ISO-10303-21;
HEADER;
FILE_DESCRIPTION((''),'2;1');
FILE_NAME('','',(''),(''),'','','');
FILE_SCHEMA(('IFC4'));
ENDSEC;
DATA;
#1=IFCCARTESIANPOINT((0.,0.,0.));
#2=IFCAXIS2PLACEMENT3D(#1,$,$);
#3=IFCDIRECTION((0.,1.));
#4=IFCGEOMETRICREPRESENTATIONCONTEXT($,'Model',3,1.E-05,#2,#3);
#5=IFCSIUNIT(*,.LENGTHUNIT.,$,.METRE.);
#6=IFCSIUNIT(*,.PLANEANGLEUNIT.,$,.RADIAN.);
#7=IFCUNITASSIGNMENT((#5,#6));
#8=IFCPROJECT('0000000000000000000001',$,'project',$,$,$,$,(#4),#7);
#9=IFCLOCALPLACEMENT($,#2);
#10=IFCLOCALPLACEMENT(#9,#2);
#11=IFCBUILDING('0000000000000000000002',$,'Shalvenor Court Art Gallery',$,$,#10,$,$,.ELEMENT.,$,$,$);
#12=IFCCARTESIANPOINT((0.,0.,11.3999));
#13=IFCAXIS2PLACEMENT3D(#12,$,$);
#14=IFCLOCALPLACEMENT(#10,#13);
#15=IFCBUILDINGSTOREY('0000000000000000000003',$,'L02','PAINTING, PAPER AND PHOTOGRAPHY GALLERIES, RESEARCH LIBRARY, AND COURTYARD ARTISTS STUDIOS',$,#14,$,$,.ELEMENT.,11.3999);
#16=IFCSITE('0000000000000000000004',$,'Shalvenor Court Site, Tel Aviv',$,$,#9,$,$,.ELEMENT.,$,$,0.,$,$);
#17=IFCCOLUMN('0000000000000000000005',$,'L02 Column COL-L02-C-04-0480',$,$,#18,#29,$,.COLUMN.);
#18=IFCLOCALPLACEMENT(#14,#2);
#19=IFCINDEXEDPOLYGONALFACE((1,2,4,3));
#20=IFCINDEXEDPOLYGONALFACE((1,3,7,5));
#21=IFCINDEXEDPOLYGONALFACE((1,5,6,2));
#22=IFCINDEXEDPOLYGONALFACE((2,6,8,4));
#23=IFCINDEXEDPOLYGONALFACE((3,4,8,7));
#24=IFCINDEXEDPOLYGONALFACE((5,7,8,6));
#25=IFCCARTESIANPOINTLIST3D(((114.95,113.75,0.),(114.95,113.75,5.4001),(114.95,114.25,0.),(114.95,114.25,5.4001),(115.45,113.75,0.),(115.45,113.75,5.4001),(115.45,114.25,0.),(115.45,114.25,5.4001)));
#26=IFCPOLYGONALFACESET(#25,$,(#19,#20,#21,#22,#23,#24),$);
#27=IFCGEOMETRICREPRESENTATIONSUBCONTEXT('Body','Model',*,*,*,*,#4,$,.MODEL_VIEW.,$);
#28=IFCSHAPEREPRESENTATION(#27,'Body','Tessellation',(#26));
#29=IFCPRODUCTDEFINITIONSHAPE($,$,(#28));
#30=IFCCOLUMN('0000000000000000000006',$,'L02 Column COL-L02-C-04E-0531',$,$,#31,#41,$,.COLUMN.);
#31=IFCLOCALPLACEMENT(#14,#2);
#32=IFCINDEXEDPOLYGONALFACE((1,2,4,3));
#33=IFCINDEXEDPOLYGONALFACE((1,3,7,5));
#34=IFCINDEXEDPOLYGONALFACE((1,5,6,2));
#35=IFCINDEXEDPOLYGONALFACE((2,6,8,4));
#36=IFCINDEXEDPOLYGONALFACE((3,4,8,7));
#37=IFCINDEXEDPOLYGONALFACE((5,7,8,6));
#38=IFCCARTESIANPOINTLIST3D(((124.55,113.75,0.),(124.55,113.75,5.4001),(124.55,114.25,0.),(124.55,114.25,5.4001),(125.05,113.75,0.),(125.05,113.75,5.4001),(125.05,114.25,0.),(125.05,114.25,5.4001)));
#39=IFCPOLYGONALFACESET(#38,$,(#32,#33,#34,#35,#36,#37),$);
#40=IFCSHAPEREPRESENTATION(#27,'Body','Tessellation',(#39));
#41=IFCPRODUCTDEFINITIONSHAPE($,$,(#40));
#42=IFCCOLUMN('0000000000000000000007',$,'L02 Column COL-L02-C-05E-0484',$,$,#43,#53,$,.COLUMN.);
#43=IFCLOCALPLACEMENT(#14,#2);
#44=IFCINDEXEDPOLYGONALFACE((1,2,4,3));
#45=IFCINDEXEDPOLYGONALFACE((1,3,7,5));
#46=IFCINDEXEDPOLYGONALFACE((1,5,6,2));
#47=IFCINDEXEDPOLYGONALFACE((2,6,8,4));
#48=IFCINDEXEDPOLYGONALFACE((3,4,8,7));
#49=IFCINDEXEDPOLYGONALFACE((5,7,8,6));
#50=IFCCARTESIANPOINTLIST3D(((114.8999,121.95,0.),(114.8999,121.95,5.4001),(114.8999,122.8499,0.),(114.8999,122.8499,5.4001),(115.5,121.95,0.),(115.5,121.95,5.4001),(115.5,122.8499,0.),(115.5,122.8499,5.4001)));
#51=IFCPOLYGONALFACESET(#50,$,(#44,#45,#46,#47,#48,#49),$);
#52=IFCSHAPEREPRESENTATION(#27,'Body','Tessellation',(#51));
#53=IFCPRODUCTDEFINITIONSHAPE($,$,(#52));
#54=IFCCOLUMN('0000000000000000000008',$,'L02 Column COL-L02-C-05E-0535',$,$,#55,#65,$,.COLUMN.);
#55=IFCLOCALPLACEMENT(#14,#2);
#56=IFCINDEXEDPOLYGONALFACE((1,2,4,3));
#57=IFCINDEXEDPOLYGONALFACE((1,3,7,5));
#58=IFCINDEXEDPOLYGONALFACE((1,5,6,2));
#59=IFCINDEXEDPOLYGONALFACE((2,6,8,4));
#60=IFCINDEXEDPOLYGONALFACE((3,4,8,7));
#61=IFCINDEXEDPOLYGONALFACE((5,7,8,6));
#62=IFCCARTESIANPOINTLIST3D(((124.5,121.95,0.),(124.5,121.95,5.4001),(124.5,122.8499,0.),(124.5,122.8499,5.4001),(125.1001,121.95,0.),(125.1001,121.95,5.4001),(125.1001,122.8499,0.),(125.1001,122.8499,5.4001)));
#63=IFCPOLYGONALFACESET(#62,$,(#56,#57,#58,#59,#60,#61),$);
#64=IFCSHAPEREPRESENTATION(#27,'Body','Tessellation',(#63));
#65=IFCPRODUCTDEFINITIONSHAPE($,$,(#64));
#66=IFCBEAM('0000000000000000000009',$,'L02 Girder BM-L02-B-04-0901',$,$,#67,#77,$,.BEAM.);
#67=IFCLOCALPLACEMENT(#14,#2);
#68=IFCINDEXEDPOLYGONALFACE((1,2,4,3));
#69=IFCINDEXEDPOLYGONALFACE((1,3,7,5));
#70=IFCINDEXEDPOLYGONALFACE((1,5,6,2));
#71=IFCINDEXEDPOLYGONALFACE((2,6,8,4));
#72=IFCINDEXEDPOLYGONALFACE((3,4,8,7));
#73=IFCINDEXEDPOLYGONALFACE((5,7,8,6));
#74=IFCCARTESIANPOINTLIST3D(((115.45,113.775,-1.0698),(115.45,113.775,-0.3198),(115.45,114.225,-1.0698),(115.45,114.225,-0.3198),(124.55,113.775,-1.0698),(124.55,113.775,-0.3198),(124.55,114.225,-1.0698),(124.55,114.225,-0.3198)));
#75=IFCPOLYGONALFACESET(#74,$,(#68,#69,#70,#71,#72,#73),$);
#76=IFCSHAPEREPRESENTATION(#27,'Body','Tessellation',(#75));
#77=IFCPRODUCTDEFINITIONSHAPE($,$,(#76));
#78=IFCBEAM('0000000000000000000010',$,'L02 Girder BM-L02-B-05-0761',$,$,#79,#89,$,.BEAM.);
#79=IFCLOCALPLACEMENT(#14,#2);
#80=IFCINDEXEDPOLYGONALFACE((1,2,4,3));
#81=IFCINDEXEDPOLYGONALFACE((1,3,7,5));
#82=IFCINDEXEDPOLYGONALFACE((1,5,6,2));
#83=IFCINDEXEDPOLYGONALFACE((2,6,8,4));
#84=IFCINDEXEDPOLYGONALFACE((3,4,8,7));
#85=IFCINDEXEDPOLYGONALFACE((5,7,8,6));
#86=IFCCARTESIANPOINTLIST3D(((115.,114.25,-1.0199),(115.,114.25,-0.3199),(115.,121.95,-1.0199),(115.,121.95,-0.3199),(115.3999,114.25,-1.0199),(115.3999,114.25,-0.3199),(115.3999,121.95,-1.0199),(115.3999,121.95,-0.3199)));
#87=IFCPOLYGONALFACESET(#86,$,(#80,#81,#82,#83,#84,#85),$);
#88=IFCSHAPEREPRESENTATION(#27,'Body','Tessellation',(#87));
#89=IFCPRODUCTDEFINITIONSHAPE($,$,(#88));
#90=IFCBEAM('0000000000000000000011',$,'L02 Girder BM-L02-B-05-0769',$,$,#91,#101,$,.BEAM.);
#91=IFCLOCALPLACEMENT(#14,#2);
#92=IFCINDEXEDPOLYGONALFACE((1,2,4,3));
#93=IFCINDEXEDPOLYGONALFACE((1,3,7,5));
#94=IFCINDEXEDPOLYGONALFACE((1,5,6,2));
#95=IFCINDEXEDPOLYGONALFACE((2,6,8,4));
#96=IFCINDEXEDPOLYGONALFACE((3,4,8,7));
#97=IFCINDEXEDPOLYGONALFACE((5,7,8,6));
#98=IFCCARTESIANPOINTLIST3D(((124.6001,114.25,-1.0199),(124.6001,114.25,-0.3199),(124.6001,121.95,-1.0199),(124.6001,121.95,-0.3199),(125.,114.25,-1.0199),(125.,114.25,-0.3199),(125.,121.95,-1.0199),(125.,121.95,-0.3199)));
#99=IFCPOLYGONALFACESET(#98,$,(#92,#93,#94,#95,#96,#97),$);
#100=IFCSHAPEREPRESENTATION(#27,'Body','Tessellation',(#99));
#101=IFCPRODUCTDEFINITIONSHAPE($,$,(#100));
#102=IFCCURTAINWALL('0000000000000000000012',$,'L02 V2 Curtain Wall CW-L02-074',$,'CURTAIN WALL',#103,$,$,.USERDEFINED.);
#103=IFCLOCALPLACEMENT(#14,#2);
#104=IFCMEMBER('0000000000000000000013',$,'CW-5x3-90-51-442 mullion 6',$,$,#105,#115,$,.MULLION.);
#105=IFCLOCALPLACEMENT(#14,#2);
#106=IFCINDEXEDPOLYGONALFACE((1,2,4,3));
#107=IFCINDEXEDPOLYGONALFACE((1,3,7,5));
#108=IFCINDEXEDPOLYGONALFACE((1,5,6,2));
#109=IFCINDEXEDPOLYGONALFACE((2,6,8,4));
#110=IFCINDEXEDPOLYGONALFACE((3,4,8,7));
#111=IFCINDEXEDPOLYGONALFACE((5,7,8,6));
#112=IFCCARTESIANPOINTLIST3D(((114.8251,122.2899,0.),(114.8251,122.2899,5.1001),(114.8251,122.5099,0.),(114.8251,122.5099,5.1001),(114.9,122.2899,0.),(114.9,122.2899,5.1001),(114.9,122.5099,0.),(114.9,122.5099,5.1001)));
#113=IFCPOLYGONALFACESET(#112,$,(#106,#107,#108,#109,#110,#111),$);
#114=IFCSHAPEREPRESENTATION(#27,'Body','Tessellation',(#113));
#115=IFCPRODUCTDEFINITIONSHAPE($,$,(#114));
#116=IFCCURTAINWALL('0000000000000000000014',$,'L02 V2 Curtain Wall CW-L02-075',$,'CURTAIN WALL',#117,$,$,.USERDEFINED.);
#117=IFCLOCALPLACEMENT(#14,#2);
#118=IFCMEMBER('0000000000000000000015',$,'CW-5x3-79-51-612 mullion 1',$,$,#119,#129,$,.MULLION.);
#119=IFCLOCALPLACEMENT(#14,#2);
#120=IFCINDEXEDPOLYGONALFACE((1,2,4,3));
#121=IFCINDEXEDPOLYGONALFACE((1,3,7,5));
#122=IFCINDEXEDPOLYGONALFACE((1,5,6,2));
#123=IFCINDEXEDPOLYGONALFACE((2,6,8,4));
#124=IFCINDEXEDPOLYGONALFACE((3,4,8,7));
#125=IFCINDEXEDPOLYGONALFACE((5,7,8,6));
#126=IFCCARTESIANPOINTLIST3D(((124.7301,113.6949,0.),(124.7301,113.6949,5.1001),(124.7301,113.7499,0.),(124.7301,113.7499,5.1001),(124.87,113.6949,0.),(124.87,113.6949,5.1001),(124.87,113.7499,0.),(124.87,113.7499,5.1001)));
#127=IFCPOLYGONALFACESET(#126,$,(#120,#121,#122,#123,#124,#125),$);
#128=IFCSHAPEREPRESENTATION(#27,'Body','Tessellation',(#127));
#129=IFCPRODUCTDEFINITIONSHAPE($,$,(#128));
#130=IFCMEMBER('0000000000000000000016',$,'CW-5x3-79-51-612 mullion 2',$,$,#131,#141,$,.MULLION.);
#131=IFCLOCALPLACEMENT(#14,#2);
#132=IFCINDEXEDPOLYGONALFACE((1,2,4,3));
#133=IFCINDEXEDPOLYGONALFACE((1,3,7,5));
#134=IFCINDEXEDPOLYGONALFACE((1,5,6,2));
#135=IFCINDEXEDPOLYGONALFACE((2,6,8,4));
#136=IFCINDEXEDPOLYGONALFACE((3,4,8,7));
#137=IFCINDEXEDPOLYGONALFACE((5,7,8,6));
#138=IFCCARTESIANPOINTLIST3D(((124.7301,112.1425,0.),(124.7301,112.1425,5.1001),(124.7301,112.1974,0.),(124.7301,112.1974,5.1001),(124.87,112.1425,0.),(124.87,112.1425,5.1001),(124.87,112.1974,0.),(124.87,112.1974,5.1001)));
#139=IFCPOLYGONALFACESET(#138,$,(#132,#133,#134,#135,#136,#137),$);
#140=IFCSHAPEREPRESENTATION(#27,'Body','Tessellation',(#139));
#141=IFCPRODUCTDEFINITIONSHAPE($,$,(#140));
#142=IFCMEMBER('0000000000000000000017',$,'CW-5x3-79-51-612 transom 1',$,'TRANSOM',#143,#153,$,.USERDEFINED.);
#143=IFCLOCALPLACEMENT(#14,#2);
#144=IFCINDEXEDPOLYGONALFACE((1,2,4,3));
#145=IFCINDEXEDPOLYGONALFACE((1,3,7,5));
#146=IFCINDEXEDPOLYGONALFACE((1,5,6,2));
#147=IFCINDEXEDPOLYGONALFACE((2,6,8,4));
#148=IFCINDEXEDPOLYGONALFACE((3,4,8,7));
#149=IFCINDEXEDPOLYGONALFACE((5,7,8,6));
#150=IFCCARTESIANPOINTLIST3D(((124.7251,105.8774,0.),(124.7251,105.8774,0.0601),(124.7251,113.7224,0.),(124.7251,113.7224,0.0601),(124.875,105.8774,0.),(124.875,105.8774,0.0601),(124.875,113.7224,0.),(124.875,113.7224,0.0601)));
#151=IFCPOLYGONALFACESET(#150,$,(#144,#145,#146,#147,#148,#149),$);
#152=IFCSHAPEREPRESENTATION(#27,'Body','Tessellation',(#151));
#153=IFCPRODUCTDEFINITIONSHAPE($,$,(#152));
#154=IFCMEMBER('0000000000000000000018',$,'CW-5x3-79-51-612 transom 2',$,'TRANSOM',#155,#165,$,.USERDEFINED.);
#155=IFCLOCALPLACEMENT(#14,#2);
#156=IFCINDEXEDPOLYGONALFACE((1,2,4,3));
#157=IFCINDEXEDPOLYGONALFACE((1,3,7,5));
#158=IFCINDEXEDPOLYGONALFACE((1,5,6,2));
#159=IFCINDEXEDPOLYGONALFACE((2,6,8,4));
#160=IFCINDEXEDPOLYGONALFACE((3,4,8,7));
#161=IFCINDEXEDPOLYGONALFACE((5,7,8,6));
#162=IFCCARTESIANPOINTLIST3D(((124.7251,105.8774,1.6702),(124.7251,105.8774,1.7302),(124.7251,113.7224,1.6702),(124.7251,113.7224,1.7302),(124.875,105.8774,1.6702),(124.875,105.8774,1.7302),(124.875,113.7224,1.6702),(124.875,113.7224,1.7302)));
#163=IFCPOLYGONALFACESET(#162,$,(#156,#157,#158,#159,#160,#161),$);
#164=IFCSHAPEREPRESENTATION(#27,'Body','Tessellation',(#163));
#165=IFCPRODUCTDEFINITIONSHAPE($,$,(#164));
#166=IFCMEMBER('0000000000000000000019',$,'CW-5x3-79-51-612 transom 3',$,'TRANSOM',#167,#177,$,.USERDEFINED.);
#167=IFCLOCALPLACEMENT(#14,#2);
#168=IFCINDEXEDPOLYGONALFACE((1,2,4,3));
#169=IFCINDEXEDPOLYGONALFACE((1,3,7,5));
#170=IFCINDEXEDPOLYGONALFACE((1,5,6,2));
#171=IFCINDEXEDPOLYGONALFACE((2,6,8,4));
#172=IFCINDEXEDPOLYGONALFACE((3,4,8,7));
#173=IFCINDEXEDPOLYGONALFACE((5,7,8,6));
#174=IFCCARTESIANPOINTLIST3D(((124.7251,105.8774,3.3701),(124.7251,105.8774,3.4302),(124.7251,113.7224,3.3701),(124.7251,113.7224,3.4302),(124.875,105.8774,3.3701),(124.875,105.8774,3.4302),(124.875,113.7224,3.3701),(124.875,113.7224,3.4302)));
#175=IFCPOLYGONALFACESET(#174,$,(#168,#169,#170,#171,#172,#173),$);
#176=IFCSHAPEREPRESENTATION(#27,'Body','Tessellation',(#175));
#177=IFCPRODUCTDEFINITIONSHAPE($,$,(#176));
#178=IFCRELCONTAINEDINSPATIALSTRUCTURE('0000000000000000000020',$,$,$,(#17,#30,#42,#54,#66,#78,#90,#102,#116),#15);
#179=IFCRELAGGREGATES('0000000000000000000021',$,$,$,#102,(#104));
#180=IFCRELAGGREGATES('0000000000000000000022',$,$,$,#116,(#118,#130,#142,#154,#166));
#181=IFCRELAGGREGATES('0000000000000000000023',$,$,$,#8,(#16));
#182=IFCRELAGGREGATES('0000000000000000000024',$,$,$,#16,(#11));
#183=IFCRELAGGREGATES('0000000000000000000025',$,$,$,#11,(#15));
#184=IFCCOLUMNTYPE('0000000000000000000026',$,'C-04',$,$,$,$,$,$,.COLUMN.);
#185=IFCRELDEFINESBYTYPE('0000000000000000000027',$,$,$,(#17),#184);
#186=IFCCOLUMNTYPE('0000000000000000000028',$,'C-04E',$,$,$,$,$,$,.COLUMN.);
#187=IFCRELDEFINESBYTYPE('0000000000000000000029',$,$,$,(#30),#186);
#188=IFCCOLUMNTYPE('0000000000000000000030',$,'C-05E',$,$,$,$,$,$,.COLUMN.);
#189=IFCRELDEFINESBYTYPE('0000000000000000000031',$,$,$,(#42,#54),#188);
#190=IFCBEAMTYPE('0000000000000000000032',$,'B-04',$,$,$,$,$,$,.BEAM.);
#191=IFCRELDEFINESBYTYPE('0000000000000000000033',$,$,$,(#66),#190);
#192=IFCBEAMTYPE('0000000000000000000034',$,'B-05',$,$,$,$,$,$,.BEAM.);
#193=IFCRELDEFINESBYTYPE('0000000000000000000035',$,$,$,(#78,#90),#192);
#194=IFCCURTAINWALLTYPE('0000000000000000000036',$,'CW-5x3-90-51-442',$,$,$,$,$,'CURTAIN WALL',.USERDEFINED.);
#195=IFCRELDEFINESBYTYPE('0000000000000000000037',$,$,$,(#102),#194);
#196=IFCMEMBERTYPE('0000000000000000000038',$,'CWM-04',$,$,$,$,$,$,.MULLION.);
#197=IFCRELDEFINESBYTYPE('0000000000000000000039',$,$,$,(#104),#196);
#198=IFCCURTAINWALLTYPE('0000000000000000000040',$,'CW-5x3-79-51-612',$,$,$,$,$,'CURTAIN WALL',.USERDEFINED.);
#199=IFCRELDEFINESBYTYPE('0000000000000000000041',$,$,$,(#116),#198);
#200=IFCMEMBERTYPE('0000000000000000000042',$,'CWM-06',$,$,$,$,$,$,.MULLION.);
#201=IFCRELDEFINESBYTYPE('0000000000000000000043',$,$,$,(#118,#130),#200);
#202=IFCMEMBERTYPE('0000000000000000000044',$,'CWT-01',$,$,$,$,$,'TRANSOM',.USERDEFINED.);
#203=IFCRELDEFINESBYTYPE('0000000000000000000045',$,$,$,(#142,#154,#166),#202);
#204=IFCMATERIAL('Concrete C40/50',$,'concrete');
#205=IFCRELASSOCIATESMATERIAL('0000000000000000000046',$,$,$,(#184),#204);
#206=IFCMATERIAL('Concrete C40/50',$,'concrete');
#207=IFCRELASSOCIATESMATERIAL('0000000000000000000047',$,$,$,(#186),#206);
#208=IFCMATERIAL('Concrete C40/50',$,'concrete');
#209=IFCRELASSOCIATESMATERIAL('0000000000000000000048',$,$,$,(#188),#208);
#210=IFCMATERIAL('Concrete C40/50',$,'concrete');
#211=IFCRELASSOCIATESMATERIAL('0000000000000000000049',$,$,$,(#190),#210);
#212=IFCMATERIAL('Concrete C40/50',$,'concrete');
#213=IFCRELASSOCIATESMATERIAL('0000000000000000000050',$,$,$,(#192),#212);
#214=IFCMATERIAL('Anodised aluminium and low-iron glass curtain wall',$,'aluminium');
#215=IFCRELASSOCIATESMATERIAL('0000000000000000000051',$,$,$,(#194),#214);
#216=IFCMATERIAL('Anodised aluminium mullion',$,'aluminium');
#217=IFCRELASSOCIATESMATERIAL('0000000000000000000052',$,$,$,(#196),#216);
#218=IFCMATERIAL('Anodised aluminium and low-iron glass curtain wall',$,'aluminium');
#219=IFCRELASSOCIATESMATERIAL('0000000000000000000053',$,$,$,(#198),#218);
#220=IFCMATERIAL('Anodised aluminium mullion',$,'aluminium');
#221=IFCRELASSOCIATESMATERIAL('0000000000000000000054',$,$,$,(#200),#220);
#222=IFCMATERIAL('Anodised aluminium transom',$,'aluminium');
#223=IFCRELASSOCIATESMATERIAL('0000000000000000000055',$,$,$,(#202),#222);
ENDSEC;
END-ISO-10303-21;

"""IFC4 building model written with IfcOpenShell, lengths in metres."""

from ifc_helpers import new_model, si_unit, direction, frame, origin, origin_2d, place, context, subcontext, project, spatial, rectangle, extrude, material, material_profile, profile_set, type_object, element, aggregate, save


model = new_model("IFC4")

# Units and contexts
model_context = context("Model", 3, precision=1e-05, world=origin(), true_north=direction((0.0, 1.0)))
body_context = subcontext(model_context, "Body", "Model", "MODEL_VIEW")
ifc_project = project(units=[si_unit("LENGTHUNIT", "METRE"), si_unit("PLANEANGLEUNIT", "RADIAN")], contexts=[model_context])

# Site, building, storey
site_placement = place(None, origin())
site = spatial("IfcSite", under=ifc_project, at=site_placement, Name="Shalvenor Court Site, Tel Aviv", CompositionType="ELEMENT", RefElevation=0.0)
building_placement = place(site_placement, origin())
building = spatial("IfcBuilding", under=site, at=building_placement, Name="Shalvenor Court Art Gallery", CompositionType="ELEMENT")
storey_placement = place(building_placement, frame((0.0, 0.0, 11.3999)))
storey = spatial("IfcBuildingStorey", under=building, at=storey_placement, Name="L02", Description="PAINTING, PAPER AND PHOTOGRAPHY GALLERIES, RESEARCH LIBRARY, AND COURTYARD ARTISTS STUDIOS", CompositionType="ELEMENT", Elevation=11.3999)

# Columns
ifc_material_1 = material(Name="Concrete C40/50", Category="concrete")
ifc_material_profile_1 = material_profile(ifc_material_1, rectangle(XDim=0.5, YDim=0.5, at=origin_2d()), Name="RC 500x500")
ifc_profile_set_1 = profile_set([ifc_material_profile_1], Name="Concrete C40/50")
column_type_1 = type_object("IfcColumnType", Name="C-04", PredefinedType="COLUMN", material=ifc_profile_set_1)
column_1_placement = place(storey_placement, frame((115.2, 114.0, 0.0), z_axis=(0.0, 0.0, 1.0), x_axis=(1.0, 0.0, 0.0)))
element("IfcColumn", 1, at=column_1_placement, inside=storey, type_object=column_type_1, Name="L02 Column COL-L02-C-04-0480", PredefinedType="COLUMN", context=body_context, shape_type="SweptSolid", body=[
    extrude(rectangle(XDim=0.5, YDim=0.5, at=origin_2d()), origin(), (0.0, 0.0, 1.0), 5.4001),
])
ifc_material_2 = material(Name="Concrete C40/50", Category="concrete")
ifc_material_profile_2 = material_profile(ifc_material_2, rectangle(XDim=0.5, YDim=0.5, at=origin_2d()), Name="RC 500x500")
ifc_profile_set_2 = profile_set([ifc_material_profile_2], Name="Concrete C40/50")
column_type_2 = type_object("IfcColumnType", Name="C-04E", PredefinedType="COLUMN", material=ifc_profile_set_2)
column_2_placement = place(storey_placement, frame((124.8, 114.0, 0.0), z_axis=(0.0, 0.0, 1.0), x_axis=(1.0, 0.0, 0.0)))
element("IfcColumn", 2, at=column_2_placement, inside=storey, type_object=column_type_2, Name="L02 Column COL-L02-C-04E-0531", PredefinedType="COLUMN", context=body_context, shape_type="SweptSolid", body=[
    extrude(rectangle(XDim=0.5, YDim=0.5, at=origin_2d()), origin(), (0.0, 0.0, 1.0), 5.4001),
])
ifc_material_3 = material(Name="Concrete C40/50", Category="concrete")
ifc_material_profile_3 = material_profile(ifc_material_3, rectangle(XDim=0.6001, YDim=0.8999, at=origin_2d()), Name="RC 600x900")
ifc_profile_set_3 = profile_set([ifc_material_profile_3], Name="Concrete C40/50")
column_type_3 = type_object("IfcColumnType", Name="C-05E", PredefinedType="COLUMN", material=ifc_profile_set_3)
for number, where, z_axis, x_axis, name in (
    (3, (115.2, 122.3999, 0.0), (0.0, 0.0, 1.0), (1.0, 0.0, 0.0), "L02 Column COL-L02-C-05E-0484"),
    (4, (124.8, 122.3999, 0.0), (0.0, 0.0, 1.0), (1.0, 0.0, 0.0), "L02 Column COL-L02-C-05E-0535"),
):
    element("IfcColumn", number, at=place(storey_placement, frame(where, z_axis=z_axis, x_axis=x_axis)), inside=storey, type_object=column_type_3, Name=name, PredefinedType="COLUMN", context=body_context, shape_type="SweptSolid", body=[
        extrude(rectangle(XDim=0.6001, YDim=0.8999, at=origin_2d()), origin(), (0.0, 0.0, 1.0), 5.4001),
    ])

# Beams
ifc_material_4 = material(Name="Concrete C40/50", Category="concrete")
ifc_material_profile_4 = material_profile(ifc_material_4, rectangle(XDim=0.45, YDim=0.75, at=origin_2d()), Name="RC 450x750")
ifc_profile_set_4 = profile_set([ifc_material_profile_4], Name="Concrete C40/50")
beam_type_1 = type_object("IfcBeamType", Name="B-04", PredefinedType="BEAM", material=ifc_profile_set_4)
beam_1_placement = place(storey_placement, frame((115.45, 114.0, -0.6948), z_axis=(1.0, 0.0, 0.0), x_axis=(0.0, 1.0, 0.0)))
element("IfcBeam", 5, at=beam_1_placement, inside=storey, type_object=beam_type_1, Name="L02 Girder BM-L02-B-04-0901", PredefinedType="BEAM", context=body_context, shape_type="SweptSolid", body=[
    extrude(rectangle(XDim=0.45, YDim=0.75, at=origin_2d()), origin(), (0.0, 0.0, 1.0), 9.1001),
])
ifc_material_5 = material(Name="Concrete C40/50", Category="concrete")
ifc_material_profile_5 = material_profile(ifc_material_5, rectangle(XDim=0.3999, YDim=0.7, at=origin_2d()), Name="RC 400x700")
ifc_profile_set_5 = profile_set([ifc_material_profile_5], Name="Concrete C40/50")
beam_type_2 = type_object("IfcBeamType", Name="B-05", PredefinedType="BEAM", material=ifc_profile_set_5)
for number, where, z_axis, x_axis, name in (
    (6, (115.2, 114.25, -0.6699), (0.0, 1.0, 0.0), (-1.0, 0.0, 0.0), "L02 Girder BM-L02-B-05-0761"),
    (7, (124.8, 114.25, -0.6699), (0.0, 1.0, 0.0), (-1.0, 0.0, 0.0), "L02 Girder BM-L02-B-05-0769"),
):
    element("IfcBeam", number, at=place(storey_placement, frame(where, z_axis=z_axis, x_axis=x_axis)), inside=storey, type_object=beam_type_2, Name=name, PredefinedType="BEAM", context=body_context, shape_type="SweptSolid", body=[
        extrude(rectangle(XDim=0.3999, YDim=0.7, at=origin_2d()), origin(), (0.0, 0.0, 1.0), 7.7),
    ])

# Curtain wall, member
ifc_material_6 = material(Name="Anodised aluminium and low-iron glass curtain wall", Category="aluminium")
curtain_wall_type_1 = type_object("IfcCurtainWallType", Name="CW-5x3-90-51-442", ElementType="CURTAIN WALL", PredefinedType="USERDEFINED", material=ifc_material_6)
curtain_wall_1_placement = place(storey_placement, origin())
curtain_wall_1 = element("IfcCurtainWall", 8, at=curtain_wall_1_placement, inside=storey, type_object=curtain_wall_type_1, Name="L02 V2 Curtain Wall CW-L02-074", ObjectType="CURTAIN WALL", PredefinedType="USERDEFINED")
ifc_material_7 = material(Name="Anodised aluminium mullion", Category="aluminium")
ifc_material_profile_6 = material_profile(ifc_material_7, rectangle(XDim=0.075, YDim=0.22, at=origin_2d()), Name="CWM-04")
ifc_profile_set_6 = profile_set([ifc_material_profile_6], Name="Anodised aluminium mullion")
member_type_1 = type_object("IfcMemberType", Name="CWM-04", PredefinedType="MULLION", material=ifc_profile_set_6)
member_1_placement = place(storey_placement, frame((114.8625, 122.3999, 0.0), z_axis=(0.0, 0.0, 1.0), x_axis=(1.0, 0.0, 0.0)))
member_1 = element("IfcMember", 9, at=member_1_placement, type_object=member_type_1, Name="CW-5x3-90-51-442 mullion 6", PredefinedType="MULLION", context=body_context, shape_type="SweptSolid", body=[
    extrude(rectangle(XDim=0.075, YDim=0.22, at=origin_2d()), origin(), (0.0, 0.0, 1.0), 5.1001),
])

# Curtain wall, members
ifc_material_8 = material(Name="Anodised aluminium and low-iron glass curtain wall", Category="aluminium")
curtain_wall_type_2 = type_object("IfcCurtainWallType", Name="CW-5x3-79-51-612", ElementType="CURTAIN WALL", PredefinedType="USERDEFINED", material=ifc_material_8)
curtain_wall_2_placement = place(storey_placement, origin())
curtain_wall_2 = element("IfcCurtainWall", 10, at=curtain_wall_2_placement, inside=storey, type_object=curtain_wall_type_2, Name="L02 V2 Curtain Wall CW-L02-075", ObjectType="CURTAIN WALL", PredefinedType="USERDEFINED")
ifc_material_9 = material(Name="Anodised aluminium mullion", Category="aluminium")
ifc_material_profile_7 = material_profile(ifc_material_9, rectangle(XDim=0.0549, YDim=0.1399, at=origin_2d()), Name="CWM-06")
ifc_profile_set_7 = profile_set([ifc_material_profile_7], Name="Anodised aluminium mullion")
member_type_2 = type_object("IfcMemberType", Name="CWM-06", PredefinedType="MULLION", material=ifc_profile_set_7)
member_2_placement = place(storey_placement, frame((124.8, 113.7224, 0.0), z_axis=(0.0, 0.0, 1.0), x_axis=(0.0, -1.0, 0.0)))
member_2 = element("IfcMember", 11, at=member_2_placement, type_object=member_type_2, Name="CW-5x3-79-51-612 mullion 1", PredefinedType="MULLION", context=body_context, shape_type="SweptSolid", body=[
    extrude(rectangle(XDim=0.0549, YDim=0.1399, at=origin_2d()), origin(), (0.0, 0.0, 1.0), 5.1001),
])
member_3_placement = place(storey_placement, frame((124.8, 112.1699, 0.0), z_axis=(0.0, 0.0, 1.0), x_axis=(0.0, -1.0, 0.0)))
member_3 = element("IfcMember", 12, at=member_3_placement, type_object=member_type_2, Name="CW-5x3-79-51-612 mullion 2", PredefinedType="MULLION", context=body_context, shape_type="SweptSolid", body=[
    extrude(rectangle(XDim=0.0549, YDim=0.1399, at=origin_2d()), origin(), (0.0, 0.0, 1.0), 5.1001),
])
ifc_material_10 = material(Name="Anodised aluminium transom", Category="aluminium")
ifc_material_profile_8 = material_profile(ifc_material_10, rectangle(XDim=0.1499, YDim=0.0601, at=origin_2d()), Name="CWT-01")
ifc_profile_set_8 = profile_set([ifc_material_profile_8], Name="Anodised aluminium transom")
member_type_3 = type_object("IfcMemberType", Name="CWT-01", ElementType="TRANSOM", PredefinedType="USERDEFINED", material=ifc_profile_set_8)
member_4_placement = place(storey_placement, frame((124.8, 113.7224, 0.03), z_axis=(0.0, -1.0, 0.0), x_axis=(1.0, 0.0, 0.0)))
member_4 = element("IfcMember", 13, at=member_4_placement, type_object=member_type_3, Name="CW-5x3-79-51-612 transom 1", ObjectType="TRANSOM", PredefinedType="USERDEFINED", context=body_context, shape_type="SweptSolid", body=[
    extrude(rectangle(XDim=0.1499, YDim=0.0601, at=origin_2d()), origin(), (0.0, 0.0, 1.0), 7.845),
])
member_5_placement = place(storey_placement, frame((124.8, 113.7224, 1.7002), z_axis=(0.0, -1.0, 0.0), x_axis=(1.0, 0.0, 0.0)))
member_5 = element("IfcMember", 14, at=member_5_placement, type_object=member_type_3, Name="CW-5x3-79-51-612 transom 2", ObjectType="TRANSOM", PredefinedType="USERDEFINED", context=body_context, shape_type="SweptSolid", body=[
    extrude(rectangle(XDim=0.1499, YDim=0.0601, at=origin_2d()), origin(), (0.0, 0.0, 1.0), 7.845),
])
member_6_placement = place(storey_placement, frame((124.8, 113.7224, 3.4001), z_axis=(0.0, -1.0, 0.0), x_axis=(1.0, 0.0, 0.0)))
member_6 = element("IfcMember", 15, at=member_6_placement, type_object=member_type_3, Name="CW-5x3-79-51-612 transom 3", ObjectType="TRANSOM", PredefinedType="USERDEFINED", context=body_context, shape_type="SweptSolid", body=[
    extrude(rectangle(XDim=0.1499, YDim=0.0601, at=origin_2d()), origin(), (0.0, 0.0, 1.0), 7.845),
])

aggregate(curtain_wall_1, [member_1])
aggregate(curtain_wall_2, [member_2, member_3, member_4, member_5, member_6])

save(model, "model.ifc")
